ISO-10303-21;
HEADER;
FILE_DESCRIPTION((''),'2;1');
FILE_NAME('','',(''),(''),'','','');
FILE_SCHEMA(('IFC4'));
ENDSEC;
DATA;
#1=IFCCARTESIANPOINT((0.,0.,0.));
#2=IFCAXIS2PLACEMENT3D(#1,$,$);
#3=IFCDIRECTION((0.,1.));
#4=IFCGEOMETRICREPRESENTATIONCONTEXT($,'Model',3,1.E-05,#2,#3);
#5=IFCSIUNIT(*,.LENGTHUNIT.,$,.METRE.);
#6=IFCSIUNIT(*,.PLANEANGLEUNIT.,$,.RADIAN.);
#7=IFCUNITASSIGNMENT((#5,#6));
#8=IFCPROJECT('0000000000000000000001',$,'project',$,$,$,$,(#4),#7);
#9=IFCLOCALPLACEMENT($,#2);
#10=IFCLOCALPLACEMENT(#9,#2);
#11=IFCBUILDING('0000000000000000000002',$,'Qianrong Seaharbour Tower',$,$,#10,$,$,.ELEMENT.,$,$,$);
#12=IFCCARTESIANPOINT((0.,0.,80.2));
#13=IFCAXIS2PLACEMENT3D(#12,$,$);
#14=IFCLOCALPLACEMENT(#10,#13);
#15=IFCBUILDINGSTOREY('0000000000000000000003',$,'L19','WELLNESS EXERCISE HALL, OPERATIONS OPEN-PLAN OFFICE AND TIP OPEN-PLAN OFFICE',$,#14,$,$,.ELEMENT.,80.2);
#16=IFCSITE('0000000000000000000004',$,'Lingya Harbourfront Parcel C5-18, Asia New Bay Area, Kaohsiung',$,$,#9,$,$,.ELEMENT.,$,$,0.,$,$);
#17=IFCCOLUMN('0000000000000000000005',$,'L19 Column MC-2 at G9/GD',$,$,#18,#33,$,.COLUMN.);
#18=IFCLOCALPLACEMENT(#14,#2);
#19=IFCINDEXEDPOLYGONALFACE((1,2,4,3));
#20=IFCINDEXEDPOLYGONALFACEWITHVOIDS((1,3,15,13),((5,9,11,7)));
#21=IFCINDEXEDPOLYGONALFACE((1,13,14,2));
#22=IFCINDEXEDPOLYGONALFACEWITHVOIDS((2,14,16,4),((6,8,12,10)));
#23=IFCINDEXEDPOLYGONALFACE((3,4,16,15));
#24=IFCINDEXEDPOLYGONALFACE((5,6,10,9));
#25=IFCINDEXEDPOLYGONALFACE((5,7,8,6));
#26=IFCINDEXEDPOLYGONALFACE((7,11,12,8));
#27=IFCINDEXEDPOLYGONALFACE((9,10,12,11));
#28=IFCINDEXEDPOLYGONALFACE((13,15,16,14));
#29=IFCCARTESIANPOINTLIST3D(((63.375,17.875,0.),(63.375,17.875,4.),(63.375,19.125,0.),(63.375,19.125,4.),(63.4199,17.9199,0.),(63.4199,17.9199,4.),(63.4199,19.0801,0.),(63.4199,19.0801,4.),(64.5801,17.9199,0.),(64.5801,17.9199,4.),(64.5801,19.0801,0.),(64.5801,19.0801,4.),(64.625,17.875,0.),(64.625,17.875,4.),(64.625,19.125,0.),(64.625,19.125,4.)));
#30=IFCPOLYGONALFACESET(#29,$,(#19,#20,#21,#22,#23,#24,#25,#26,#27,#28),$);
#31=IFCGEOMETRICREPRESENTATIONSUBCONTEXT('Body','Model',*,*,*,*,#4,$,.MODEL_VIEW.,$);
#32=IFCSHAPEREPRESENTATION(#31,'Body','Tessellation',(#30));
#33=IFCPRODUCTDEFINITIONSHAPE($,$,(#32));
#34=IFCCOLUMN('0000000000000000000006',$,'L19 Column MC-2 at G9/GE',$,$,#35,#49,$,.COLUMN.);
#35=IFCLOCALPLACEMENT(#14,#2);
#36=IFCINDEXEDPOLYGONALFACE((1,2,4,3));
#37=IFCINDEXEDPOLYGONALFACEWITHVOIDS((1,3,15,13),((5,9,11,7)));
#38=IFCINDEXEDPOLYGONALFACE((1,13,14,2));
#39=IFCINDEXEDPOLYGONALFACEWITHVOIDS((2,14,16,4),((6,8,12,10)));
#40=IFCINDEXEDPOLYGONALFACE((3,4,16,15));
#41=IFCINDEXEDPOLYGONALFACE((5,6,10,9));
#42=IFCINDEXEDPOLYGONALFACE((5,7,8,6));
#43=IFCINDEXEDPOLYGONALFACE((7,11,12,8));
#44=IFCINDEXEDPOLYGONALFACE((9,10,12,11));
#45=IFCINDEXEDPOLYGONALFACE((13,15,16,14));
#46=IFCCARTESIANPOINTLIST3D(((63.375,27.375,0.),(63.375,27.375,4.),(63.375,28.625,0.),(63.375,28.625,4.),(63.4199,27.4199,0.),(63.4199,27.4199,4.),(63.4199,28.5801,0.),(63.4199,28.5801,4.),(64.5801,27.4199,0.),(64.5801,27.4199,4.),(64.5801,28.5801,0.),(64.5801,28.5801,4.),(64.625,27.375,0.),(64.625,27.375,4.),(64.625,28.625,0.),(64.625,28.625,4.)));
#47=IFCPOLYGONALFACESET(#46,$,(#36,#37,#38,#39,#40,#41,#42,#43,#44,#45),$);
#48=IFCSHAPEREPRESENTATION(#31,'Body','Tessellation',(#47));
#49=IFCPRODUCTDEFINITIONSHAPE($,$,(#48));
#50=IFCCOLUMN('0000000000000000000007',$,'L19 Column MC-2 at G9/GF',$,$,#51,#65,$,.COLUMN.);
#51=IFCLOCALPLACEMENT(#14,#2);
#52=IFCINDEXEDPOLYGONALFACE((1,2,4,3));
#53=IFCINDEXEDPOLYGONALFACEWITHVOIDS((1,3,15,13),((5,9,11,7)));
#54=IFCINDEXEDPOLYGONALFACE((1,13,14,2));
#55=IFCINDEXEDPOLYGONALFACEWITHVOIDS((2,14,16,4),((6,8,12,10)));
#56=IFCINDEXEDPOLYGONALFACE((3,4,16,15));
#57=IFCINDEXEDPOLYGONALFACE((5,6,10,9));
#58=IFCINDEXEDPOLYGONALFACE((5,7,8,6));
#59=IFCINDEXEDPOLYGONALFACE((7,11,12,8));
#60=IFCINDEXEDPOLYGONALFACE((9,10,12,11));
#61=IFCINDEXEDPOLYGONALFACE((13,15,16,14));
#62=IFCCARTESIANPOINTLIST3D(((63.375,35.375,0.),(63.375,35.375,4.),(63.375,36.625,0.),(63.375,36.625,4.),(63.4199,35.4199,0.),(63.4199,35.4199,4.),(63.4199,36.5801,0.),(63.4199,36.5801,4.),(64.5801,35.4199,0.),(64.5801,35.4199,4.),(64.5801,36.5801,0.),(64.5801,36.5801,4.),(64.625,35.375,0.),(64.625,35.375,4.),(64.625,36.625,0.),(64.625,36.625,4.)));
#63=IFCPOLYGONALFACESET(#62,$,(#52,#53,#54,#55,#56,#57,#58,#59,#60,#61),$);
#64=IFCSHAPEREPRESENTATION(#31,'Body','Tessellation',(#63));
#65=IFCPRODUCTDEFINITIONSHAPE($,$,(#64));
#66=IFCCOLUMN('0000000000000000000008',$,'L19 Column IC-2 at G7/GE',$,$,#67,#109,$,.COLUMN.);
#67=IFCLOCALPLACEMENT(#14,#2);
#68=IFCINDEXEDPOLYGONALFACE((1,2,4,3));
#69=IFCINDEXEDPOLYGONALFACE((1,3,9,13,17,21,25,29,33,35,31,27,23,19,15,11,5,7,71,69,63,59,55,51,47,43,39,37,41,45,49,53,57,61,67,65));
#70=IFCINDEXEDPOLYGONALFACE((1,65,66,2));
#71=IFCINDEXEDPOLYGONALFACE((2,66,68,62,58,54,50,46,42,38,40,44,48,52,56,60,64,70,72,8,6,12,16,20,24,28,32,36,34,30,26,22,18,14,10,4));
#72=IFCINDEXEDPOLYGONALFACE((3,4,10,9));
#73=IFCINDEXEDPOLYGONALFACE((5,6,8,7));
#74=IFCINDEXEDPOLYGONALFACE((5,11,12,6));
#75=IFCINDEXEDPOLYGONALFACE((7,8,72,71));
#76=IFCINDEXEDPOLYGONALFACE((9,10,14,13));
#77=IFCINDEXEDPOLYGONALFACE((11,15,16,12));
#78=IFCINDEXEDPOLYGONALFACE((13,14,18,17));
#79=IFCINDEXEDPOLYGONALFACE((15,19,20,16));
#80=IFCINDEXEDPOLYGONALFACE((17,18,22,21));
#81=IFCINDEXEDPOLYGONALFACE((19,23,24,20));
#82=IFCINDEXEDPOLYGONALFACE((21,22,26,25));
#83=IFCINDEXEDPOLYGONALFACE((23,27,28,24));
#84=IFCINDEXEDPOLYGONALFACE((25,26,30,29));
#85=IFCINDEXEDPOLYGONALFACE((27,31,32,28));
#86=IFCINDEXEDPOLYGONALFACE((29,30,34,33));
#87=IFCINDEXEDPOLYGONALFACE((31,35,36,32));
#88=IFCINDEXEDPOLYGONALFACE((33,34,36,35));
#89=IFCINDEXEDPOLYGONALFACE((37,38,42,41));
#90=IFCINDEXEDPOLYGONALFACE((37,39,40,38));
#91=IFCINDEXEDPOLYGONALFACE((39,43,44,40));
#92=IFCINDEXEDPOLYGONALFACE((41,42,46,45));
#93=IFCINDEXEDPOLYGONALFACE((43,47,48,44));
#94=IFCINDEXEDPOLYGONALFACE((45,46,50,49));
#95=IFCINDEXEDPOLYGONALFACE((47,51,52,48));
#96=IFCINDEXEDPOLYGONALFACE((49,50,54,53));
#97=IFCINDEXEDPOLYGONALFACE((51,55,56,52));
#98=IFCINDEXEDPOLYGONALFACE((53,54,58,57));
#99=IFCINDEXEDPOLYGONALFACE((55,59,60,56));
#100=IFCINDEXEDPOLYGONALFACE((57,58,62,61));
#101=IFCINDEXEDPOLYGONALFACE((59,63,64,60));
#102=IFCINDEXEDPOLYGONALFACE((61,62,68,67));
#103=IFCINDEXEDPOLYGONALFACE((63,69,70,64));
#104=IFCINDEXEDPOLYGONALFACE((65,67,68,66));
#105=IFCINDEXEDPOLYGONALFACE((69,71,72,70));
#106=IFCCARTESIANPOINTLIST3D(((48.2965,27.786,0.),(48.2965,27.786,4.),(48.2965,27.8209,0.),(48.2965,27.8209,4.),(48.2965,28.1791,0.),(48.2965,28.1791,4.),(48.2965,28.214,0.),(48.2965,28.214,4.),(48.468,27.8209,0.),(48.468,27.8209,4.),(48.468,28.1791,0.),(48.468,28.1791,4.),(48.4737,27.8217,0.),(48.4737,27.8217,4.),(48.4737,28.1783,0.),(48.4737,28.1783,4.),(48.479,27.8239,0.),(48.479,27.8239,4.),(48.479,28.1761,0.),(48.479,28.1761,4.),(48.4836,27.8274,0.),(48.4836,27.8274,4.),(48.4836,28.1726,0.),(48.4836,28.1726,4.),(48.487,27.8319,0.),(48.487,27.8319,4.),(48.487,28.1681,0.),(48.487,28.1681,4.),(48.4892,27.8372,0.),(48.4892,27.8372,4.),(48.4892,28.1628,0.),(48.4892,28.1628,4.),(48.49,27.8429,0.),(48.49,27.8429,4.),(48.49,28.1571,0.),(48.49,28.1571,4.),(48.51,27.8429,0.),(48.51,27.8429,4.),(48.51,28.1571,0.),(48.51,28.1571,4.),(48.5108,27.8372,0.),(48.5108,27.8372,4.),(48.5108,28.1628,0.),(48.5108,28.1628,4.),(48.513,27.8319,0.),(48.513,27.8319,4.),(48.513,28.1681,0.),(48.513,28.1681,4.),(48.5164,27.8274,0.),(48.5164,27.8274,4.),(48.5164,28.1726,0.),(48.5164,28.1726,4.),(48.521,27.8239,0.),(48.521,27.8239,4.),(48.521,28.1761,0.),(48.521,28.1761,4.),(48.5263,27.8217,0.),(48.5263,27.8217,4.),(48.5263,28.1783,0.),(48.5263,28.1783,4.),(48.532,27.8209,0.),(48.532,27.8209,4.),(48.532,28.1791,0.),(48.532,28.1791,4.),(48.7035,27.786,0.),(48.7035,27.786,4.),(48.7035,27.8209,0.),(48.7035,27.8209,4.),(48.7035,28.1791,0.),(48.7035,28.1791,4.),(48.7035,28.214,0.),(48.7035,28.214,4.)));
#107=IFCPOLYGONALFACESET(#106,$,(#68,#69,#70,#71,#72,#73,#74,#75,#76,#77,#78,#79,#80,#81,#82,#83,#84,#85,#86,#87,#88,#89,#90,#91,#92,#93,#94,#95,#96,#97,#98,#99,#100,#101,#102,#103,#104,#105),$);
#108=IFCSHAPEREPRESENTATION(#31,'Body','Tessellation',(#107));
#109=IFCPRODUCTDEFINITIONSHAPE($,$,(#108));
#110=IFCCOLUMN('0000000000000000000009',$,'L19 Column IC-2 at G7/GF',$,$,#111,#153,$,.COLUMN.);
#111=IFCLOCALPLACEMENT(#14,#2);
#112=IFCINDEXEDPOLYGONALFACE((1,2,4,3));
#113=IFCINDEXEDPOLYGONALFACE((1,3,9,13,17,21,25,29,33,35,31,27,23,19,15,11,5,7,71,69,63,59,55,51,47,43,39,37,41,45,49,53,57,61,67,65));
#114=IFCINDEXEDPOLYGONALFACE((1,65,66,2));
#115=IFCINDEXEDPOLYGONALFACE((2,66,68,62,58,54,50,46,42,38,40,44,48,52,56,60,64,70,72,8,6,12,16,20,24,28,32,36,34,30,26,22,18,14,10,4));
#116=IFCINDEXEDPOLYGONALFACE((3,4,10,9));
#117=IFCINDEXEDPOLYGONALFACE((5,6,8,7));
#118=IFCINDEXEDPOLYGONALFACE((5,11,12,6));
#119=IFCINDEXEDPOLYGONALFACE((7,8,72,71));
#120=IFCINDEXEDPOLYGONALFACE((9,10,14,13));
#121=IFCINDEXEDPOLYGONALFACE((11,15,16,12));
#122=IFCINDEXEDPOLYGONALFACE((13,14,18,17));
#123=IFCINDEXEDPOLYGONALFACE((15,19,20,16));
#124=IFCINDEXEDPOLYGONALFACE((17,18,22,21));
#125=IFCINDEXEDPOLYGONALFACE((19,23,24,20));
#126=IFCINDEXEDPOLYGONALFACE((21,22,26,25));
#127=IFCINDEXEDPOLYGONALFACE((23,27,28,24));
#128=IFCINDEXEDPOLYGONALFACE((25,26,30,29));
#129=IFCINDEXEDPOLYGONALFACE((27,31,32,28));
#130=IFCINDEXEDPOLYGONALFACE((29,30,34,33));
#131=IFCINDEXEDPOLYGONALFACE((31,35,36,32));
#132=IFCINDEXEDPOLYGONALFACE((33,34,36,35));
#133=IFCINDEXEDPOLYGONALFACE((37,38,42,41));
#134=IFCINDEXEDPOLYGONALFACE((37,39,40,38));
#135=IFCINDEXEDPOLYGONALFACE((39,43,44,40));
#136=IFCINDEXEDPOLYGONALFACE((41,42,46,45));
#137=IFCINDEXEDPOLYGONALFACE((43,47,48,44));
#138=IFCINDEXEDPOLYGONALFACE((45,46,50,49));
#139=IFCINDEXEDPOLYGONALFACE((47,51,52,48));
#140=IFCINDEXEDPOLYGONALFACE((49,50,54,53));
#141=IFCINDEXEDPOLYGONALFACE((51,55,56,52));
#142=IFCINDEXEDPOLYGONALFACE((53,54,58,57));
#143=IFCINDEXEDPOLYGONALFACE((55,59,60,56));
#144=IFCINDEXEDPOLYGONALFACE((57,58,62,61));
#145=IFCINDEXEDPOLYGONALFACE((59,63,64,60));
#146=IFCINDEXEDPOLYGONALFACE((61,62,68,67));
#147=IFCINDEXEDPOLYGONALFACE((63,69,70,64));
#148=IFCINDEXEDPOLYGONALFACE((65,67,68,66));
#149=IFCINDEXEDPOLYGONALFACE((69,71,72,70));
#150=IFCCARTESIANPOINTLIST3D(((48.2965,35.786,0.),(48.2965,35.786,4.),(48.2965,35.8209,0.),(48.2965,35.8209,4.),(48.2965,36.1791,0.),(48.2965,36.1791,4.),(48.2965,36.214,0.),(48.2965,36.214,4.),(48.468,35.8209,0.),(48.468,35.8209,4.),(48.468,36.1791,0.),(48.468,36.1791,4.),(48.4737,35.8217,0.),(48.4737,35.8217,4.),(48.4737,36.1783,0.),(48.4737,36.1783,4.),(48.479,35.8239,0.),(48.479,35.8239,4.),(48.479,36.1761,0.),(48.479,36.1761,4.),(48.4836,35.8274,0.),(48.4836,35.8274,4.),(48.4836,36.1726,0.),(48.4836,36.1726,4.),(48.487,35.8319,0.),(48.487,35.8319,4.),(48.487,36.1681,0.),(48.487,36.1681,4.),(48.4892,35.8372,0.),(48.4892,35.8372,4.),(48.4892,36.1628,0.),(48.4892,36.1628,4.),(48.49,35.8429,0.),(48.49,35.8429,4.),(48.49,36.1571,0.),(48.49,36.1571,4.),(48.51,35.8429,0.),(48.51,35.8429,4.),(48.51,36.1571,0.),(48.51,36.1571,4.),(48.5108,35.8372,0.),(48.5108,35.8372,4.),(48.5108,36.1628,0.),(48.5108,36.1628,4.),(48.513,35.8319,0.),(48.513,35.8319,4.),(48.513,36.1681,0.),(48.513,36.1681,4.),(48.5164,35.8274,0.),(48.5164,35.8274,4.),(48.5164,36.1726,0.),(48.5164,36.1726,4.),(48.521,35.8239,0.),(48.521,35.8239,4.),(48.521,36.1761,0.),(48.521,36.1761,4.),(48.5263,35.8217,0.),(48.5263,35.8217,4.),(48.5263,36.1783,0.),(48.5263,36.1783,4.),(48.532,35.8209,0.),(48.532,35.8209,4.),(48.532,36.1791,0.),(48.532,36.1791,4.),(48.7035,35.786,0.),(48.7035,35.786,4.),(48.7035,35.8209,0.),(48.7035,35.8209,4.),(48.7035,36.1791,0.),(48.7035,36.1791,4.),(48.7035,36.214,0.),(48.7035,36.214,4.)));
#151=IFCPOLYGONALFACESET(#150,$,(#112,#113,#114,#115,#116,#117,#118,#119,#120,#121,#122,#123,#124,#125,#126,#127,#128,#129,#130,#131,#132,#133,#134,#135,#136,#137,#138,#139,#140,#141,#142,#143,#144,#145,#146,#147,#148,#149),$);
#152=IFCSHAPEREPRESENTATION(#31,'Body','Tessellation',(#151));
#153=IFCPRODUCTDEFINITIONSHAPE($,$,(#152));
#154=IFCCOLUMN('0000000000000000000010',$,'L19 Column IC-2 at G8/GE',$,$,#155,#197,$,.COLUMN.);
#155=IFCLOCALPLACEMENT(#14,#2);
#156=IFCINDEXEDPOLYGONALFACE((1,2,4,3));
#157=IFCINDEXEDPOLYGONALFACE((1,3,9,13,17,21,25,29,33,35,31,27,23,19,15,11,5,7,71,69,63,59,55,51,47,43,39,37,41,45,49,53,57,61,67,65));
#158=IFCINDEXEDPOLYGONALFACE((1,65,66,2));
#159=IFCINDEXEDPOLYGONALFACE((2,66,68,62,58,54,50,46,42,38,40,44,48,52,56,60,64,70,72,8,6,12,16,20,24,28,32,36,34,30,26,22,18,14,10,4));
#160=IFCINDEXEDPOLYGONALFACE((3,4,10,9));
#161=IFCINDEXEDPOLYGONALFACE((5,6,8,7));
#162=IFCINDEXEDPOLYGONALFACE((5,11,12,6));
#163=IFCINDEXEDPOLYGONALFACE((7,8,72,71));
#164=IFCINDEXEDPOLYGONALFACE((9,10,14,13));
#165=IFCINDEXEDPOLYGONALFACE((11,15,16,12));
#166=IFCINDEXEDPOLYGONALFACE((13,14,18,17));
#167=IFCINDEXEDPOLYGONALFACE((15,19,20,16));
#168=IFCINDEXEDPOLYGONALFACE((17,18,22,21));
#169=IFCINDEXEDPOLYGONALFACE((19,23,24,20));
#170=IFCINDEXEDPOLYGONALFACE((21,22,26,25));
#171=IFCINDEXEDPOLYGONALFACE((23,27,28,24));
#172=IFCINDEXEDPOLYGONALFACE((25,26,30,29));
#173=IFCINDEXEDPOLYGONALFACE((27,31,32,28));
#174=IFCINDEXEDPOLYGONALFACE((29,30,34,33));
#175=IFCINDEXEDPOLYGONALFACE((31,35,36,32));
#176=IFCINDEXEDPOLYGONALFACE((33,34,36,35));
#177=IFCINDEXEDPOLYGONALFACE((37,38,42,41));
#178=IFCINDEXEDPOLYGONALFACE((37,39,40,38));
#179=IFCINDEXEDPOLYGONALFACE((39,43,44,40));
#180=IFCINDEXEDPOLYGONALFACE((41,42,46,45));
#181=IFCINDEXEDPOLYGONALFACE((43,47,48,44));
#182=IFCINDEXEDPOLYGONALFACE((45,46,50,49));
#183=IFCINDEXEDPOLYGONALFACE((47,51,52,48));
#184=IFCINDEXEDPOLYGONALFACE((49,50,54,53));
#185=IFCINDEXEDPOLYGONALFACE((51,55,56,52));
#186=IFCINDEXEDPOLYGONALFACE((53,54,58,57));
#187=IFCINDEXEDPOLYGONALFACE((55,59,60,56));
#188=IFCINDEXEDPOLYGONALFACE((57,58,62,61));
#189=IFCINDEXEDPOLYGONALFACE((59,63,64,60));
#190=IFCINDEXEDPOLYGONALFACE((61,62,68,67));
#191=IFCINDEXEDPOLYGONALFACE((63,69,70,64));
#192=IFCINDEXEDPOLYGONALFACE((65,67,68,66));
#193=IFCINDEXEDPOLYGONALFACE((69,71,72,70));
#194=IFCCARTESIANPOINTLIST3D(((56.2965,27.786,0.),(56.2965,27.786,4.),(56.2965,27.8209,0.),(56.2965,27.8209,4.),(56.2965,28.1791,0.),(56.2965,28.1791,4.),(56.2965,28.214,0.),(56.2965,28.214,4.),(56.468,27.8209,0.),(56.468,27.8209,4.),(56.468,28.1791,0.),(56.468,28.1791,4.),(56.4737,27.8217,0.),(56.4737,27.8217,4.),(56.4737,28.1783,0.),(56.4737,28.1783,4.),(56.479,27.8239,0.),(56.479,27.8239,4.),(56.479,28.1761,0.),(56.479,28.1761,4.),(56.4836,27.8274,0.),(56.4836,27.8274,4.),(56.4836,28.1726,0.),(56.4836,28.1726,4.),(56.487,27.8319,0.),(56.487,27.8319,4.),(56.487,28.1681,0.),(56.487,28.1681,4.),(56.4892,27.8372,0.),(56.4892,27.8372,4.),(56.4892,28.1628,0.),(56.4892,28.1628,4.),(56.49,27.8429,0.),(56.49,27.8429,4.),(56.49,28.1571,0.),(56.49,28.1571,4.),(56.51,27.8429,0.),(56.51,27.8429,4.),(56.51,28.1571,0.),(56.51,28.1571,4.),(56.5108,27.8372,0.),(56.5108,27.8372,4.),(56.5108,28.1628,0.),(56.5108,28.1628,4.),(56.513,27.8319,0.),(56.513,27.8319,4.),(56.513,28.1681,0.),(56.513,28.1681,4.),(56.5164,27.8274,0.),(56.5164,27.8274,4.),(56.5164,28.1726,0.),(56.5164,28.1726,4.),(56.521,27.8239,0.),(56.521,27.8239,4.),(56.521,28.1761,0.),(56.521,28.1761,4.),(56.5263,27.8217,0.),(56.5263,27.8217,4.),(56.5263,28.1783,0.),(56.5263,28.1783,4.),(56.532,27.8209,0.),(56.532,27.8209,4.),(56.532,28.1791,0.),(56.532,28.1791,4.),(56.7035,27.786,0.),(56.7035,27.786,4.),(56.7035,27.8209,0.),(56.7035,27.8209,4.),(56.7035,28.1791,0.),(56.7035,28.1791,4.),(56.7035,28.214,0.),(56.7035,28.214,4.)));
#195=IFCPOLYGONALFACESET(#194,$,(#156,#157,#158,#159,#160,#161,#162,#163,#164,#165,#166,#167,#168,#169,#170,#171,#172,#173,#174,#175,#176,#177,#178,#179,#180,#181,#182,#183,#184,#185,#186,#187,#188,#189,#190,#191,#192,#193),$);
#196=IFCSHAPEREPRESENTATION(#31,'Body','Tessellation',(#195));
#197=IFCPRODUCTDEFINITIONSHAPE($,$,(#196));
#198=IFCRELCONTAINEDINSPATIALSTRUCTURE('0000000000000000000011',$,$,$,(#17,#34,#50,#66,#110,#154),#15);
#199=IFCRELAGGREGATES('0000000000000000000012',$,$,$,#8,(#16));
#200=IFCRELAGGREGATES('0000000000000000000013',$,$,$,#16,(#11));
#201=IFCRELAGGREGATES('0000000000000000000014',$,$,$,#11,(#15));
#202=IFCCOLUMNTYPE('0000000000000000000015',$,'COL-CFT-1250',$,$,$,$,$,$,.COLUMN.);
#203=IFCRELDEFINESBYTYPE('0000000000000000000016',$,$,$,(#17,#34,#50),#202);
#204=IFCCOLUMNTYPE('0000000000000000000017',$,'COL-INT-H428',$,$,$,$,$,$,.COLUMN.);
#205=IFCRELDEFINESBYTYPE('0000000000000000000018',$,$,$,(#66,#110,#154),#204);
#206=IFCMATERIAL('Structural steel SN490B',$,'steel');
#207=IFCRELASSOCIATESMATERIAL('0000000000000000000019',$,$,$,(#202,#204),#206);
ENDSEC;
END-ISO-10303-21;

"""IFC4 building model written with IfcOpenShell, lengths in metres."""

from ifc_helpers import new_model, si_unit, direction, frame, origin, origin_2d, place, context, subcontext, project, spatial, hollow_rectangle, i_section, extrude, material, material_profile, profile_set, type_object, element, save


model = new_model("IFC4")

# Units and contexts
model_context = context("Model", 3, precision=1e-05, world=origin(), true_north=direction((0.0, 1.0)))
body_context = subcontext(model_context, "Body", "Model", "MODEL_VIEW")
ifc_project = project(units=[si_unit("LENGTHUNIT", "METRE"), si_unit("PLANEANGLEUNIT", "RADIAN")], contexts=[model_context])

# Site, building, storey
site_placement = place(None, origin())
site = spatial("IfcSite", under=ifc_project, at=site_placement, Name="Lingya Harbourfront Parcel C5-18, Asia New Bay Area, Kaohsiung", CompositionType="ELEMENT", RefElevation=0.0)
building_placement = place(site_placement, origin())
building = spatial("IfcBuilding", under=site, at=building_placement, Name="Qianrong Seaharbour Tower", CompositionType="ELEMENT")
storey_placement = place(building_placement, frame((0.0, 0.0, 80.2)))
storey = spatial("IfcBuildingStorey", under=building, at=storey_placement, Name="L19", Description="WELLNESS EXERCISE HALL, OPERATIONS OPEN-PLAN OFFICE AND TIP OPEN-PLAN OFFICE", CompositionType="ELEMENT", Elevation=80.2)

# Columns
ifc_material_1 = material(Name="Structural steel SN490B", Category="steel")
ifc_material_profile_1 = material_profile(ifc_material_1, hollow_rectangle(XDim=1.25, YDim=1.25, WallThickness=0.0449, at=origin_2d()), Name="BOX1250x1250x45")
ifc_profile_set_1 = profile_set([ifc_material_profile_1], Name="Structural steel SN490B")
column_type_1 = type_object("IfcColumnType", Name="COL-CFT-1250", PredefinedType="COLUMN", material=ifc_profile_set_1)
for number, where, z_axis, x_axis, name in (
    (1, (64.0, 18.5, 0.0), (0.0, 0.0, 1.0), (1.0, 0.0, 0.0), "L19 Column MC-2 at G9/GD"),
    (2, (64.0, 28.0, 0.0), (0.0, 0.0, 1.0), (1.0, 0.0, 0.0), "L19 Column MC-2 at G9/GE"),
    (3, (64.0, 36.0, 0.0), (0.0, 0.0, 1.0), (1.0, 0.0, 0.0), "L19 Column MC-2 at G9/GF"),
):
    element("IfcColumn", number, at=place(storey_placement, frame(where, z_axis=z_axis, x_axis=x_axis)), inside=storey, type_object=column_type_1, Name=name, PredefinedType="COLUMN", context=body_context, shape_type="SweptSolid", body=[
        extrude(hollow_rectangle(XDim=1.25, YDim=1.25, WallThickness=0.0449, at=origin_2d()), origin(), (0.0, 0.0, 1.0), 4.0),
    ])
ifc_material_profile_2 = material_profile(ifc_material_1, i_section(OverallWidth=0.407, OverallDepth=0.428, WebThickness=0.02, FlangeThickness=0.0349, FilletRadius=0.022, at=origin_2d()), Name="H428x407x20x35")
ifc_profile_set_2 = profile_set([ifc_material_profile_2], Name="Structural steel SN490B")
column_type_2 = type_object("IfcColumnType", Name="COL-INT-H428", PredefinedType="COLUMN", material=ifc_profile_set_2)
for number, where, z_axis, x_axis, name in (
    (4, (48.5, 28.0, 0.0), (0.0, 0.0, 1.0), (1.0, 0.0, 0.0), "L19 Column IC-2 at G7/GE"),
    (5, (48.5, 36.0, 0.0), (0.0, 0.0, 1.0), (1.0, 0.0, 0.0), "L19 Column IC-2 at G7/GF"),
    (6, (56.5, 28.0, 0.0), (0.0, 0.0, 1.0), (1.0, 0.0, 0.0), "L19 Column IC-2 at G8/GE"),
):
    element("IfcColumn", number, at=place(storey_placement, frame(where, z_axis=z_axis, x_axis=x_axis)), inside=storey, type_object=column_type_2, Name=name, PredefinedType="COLUMN", context=body_context, shape_type="SweptSolid", body=[
        extrude(i_section(OverallWidth=0.407, OverallDepth=0.428, WebThickness=0.02, FlangeThickness=0.0349, FilletRadius=0.022, at=origin_2d()), origin(), (0.0, 0.0, 1.0), 4.0),
    ])

save(model, "model.ifc")
